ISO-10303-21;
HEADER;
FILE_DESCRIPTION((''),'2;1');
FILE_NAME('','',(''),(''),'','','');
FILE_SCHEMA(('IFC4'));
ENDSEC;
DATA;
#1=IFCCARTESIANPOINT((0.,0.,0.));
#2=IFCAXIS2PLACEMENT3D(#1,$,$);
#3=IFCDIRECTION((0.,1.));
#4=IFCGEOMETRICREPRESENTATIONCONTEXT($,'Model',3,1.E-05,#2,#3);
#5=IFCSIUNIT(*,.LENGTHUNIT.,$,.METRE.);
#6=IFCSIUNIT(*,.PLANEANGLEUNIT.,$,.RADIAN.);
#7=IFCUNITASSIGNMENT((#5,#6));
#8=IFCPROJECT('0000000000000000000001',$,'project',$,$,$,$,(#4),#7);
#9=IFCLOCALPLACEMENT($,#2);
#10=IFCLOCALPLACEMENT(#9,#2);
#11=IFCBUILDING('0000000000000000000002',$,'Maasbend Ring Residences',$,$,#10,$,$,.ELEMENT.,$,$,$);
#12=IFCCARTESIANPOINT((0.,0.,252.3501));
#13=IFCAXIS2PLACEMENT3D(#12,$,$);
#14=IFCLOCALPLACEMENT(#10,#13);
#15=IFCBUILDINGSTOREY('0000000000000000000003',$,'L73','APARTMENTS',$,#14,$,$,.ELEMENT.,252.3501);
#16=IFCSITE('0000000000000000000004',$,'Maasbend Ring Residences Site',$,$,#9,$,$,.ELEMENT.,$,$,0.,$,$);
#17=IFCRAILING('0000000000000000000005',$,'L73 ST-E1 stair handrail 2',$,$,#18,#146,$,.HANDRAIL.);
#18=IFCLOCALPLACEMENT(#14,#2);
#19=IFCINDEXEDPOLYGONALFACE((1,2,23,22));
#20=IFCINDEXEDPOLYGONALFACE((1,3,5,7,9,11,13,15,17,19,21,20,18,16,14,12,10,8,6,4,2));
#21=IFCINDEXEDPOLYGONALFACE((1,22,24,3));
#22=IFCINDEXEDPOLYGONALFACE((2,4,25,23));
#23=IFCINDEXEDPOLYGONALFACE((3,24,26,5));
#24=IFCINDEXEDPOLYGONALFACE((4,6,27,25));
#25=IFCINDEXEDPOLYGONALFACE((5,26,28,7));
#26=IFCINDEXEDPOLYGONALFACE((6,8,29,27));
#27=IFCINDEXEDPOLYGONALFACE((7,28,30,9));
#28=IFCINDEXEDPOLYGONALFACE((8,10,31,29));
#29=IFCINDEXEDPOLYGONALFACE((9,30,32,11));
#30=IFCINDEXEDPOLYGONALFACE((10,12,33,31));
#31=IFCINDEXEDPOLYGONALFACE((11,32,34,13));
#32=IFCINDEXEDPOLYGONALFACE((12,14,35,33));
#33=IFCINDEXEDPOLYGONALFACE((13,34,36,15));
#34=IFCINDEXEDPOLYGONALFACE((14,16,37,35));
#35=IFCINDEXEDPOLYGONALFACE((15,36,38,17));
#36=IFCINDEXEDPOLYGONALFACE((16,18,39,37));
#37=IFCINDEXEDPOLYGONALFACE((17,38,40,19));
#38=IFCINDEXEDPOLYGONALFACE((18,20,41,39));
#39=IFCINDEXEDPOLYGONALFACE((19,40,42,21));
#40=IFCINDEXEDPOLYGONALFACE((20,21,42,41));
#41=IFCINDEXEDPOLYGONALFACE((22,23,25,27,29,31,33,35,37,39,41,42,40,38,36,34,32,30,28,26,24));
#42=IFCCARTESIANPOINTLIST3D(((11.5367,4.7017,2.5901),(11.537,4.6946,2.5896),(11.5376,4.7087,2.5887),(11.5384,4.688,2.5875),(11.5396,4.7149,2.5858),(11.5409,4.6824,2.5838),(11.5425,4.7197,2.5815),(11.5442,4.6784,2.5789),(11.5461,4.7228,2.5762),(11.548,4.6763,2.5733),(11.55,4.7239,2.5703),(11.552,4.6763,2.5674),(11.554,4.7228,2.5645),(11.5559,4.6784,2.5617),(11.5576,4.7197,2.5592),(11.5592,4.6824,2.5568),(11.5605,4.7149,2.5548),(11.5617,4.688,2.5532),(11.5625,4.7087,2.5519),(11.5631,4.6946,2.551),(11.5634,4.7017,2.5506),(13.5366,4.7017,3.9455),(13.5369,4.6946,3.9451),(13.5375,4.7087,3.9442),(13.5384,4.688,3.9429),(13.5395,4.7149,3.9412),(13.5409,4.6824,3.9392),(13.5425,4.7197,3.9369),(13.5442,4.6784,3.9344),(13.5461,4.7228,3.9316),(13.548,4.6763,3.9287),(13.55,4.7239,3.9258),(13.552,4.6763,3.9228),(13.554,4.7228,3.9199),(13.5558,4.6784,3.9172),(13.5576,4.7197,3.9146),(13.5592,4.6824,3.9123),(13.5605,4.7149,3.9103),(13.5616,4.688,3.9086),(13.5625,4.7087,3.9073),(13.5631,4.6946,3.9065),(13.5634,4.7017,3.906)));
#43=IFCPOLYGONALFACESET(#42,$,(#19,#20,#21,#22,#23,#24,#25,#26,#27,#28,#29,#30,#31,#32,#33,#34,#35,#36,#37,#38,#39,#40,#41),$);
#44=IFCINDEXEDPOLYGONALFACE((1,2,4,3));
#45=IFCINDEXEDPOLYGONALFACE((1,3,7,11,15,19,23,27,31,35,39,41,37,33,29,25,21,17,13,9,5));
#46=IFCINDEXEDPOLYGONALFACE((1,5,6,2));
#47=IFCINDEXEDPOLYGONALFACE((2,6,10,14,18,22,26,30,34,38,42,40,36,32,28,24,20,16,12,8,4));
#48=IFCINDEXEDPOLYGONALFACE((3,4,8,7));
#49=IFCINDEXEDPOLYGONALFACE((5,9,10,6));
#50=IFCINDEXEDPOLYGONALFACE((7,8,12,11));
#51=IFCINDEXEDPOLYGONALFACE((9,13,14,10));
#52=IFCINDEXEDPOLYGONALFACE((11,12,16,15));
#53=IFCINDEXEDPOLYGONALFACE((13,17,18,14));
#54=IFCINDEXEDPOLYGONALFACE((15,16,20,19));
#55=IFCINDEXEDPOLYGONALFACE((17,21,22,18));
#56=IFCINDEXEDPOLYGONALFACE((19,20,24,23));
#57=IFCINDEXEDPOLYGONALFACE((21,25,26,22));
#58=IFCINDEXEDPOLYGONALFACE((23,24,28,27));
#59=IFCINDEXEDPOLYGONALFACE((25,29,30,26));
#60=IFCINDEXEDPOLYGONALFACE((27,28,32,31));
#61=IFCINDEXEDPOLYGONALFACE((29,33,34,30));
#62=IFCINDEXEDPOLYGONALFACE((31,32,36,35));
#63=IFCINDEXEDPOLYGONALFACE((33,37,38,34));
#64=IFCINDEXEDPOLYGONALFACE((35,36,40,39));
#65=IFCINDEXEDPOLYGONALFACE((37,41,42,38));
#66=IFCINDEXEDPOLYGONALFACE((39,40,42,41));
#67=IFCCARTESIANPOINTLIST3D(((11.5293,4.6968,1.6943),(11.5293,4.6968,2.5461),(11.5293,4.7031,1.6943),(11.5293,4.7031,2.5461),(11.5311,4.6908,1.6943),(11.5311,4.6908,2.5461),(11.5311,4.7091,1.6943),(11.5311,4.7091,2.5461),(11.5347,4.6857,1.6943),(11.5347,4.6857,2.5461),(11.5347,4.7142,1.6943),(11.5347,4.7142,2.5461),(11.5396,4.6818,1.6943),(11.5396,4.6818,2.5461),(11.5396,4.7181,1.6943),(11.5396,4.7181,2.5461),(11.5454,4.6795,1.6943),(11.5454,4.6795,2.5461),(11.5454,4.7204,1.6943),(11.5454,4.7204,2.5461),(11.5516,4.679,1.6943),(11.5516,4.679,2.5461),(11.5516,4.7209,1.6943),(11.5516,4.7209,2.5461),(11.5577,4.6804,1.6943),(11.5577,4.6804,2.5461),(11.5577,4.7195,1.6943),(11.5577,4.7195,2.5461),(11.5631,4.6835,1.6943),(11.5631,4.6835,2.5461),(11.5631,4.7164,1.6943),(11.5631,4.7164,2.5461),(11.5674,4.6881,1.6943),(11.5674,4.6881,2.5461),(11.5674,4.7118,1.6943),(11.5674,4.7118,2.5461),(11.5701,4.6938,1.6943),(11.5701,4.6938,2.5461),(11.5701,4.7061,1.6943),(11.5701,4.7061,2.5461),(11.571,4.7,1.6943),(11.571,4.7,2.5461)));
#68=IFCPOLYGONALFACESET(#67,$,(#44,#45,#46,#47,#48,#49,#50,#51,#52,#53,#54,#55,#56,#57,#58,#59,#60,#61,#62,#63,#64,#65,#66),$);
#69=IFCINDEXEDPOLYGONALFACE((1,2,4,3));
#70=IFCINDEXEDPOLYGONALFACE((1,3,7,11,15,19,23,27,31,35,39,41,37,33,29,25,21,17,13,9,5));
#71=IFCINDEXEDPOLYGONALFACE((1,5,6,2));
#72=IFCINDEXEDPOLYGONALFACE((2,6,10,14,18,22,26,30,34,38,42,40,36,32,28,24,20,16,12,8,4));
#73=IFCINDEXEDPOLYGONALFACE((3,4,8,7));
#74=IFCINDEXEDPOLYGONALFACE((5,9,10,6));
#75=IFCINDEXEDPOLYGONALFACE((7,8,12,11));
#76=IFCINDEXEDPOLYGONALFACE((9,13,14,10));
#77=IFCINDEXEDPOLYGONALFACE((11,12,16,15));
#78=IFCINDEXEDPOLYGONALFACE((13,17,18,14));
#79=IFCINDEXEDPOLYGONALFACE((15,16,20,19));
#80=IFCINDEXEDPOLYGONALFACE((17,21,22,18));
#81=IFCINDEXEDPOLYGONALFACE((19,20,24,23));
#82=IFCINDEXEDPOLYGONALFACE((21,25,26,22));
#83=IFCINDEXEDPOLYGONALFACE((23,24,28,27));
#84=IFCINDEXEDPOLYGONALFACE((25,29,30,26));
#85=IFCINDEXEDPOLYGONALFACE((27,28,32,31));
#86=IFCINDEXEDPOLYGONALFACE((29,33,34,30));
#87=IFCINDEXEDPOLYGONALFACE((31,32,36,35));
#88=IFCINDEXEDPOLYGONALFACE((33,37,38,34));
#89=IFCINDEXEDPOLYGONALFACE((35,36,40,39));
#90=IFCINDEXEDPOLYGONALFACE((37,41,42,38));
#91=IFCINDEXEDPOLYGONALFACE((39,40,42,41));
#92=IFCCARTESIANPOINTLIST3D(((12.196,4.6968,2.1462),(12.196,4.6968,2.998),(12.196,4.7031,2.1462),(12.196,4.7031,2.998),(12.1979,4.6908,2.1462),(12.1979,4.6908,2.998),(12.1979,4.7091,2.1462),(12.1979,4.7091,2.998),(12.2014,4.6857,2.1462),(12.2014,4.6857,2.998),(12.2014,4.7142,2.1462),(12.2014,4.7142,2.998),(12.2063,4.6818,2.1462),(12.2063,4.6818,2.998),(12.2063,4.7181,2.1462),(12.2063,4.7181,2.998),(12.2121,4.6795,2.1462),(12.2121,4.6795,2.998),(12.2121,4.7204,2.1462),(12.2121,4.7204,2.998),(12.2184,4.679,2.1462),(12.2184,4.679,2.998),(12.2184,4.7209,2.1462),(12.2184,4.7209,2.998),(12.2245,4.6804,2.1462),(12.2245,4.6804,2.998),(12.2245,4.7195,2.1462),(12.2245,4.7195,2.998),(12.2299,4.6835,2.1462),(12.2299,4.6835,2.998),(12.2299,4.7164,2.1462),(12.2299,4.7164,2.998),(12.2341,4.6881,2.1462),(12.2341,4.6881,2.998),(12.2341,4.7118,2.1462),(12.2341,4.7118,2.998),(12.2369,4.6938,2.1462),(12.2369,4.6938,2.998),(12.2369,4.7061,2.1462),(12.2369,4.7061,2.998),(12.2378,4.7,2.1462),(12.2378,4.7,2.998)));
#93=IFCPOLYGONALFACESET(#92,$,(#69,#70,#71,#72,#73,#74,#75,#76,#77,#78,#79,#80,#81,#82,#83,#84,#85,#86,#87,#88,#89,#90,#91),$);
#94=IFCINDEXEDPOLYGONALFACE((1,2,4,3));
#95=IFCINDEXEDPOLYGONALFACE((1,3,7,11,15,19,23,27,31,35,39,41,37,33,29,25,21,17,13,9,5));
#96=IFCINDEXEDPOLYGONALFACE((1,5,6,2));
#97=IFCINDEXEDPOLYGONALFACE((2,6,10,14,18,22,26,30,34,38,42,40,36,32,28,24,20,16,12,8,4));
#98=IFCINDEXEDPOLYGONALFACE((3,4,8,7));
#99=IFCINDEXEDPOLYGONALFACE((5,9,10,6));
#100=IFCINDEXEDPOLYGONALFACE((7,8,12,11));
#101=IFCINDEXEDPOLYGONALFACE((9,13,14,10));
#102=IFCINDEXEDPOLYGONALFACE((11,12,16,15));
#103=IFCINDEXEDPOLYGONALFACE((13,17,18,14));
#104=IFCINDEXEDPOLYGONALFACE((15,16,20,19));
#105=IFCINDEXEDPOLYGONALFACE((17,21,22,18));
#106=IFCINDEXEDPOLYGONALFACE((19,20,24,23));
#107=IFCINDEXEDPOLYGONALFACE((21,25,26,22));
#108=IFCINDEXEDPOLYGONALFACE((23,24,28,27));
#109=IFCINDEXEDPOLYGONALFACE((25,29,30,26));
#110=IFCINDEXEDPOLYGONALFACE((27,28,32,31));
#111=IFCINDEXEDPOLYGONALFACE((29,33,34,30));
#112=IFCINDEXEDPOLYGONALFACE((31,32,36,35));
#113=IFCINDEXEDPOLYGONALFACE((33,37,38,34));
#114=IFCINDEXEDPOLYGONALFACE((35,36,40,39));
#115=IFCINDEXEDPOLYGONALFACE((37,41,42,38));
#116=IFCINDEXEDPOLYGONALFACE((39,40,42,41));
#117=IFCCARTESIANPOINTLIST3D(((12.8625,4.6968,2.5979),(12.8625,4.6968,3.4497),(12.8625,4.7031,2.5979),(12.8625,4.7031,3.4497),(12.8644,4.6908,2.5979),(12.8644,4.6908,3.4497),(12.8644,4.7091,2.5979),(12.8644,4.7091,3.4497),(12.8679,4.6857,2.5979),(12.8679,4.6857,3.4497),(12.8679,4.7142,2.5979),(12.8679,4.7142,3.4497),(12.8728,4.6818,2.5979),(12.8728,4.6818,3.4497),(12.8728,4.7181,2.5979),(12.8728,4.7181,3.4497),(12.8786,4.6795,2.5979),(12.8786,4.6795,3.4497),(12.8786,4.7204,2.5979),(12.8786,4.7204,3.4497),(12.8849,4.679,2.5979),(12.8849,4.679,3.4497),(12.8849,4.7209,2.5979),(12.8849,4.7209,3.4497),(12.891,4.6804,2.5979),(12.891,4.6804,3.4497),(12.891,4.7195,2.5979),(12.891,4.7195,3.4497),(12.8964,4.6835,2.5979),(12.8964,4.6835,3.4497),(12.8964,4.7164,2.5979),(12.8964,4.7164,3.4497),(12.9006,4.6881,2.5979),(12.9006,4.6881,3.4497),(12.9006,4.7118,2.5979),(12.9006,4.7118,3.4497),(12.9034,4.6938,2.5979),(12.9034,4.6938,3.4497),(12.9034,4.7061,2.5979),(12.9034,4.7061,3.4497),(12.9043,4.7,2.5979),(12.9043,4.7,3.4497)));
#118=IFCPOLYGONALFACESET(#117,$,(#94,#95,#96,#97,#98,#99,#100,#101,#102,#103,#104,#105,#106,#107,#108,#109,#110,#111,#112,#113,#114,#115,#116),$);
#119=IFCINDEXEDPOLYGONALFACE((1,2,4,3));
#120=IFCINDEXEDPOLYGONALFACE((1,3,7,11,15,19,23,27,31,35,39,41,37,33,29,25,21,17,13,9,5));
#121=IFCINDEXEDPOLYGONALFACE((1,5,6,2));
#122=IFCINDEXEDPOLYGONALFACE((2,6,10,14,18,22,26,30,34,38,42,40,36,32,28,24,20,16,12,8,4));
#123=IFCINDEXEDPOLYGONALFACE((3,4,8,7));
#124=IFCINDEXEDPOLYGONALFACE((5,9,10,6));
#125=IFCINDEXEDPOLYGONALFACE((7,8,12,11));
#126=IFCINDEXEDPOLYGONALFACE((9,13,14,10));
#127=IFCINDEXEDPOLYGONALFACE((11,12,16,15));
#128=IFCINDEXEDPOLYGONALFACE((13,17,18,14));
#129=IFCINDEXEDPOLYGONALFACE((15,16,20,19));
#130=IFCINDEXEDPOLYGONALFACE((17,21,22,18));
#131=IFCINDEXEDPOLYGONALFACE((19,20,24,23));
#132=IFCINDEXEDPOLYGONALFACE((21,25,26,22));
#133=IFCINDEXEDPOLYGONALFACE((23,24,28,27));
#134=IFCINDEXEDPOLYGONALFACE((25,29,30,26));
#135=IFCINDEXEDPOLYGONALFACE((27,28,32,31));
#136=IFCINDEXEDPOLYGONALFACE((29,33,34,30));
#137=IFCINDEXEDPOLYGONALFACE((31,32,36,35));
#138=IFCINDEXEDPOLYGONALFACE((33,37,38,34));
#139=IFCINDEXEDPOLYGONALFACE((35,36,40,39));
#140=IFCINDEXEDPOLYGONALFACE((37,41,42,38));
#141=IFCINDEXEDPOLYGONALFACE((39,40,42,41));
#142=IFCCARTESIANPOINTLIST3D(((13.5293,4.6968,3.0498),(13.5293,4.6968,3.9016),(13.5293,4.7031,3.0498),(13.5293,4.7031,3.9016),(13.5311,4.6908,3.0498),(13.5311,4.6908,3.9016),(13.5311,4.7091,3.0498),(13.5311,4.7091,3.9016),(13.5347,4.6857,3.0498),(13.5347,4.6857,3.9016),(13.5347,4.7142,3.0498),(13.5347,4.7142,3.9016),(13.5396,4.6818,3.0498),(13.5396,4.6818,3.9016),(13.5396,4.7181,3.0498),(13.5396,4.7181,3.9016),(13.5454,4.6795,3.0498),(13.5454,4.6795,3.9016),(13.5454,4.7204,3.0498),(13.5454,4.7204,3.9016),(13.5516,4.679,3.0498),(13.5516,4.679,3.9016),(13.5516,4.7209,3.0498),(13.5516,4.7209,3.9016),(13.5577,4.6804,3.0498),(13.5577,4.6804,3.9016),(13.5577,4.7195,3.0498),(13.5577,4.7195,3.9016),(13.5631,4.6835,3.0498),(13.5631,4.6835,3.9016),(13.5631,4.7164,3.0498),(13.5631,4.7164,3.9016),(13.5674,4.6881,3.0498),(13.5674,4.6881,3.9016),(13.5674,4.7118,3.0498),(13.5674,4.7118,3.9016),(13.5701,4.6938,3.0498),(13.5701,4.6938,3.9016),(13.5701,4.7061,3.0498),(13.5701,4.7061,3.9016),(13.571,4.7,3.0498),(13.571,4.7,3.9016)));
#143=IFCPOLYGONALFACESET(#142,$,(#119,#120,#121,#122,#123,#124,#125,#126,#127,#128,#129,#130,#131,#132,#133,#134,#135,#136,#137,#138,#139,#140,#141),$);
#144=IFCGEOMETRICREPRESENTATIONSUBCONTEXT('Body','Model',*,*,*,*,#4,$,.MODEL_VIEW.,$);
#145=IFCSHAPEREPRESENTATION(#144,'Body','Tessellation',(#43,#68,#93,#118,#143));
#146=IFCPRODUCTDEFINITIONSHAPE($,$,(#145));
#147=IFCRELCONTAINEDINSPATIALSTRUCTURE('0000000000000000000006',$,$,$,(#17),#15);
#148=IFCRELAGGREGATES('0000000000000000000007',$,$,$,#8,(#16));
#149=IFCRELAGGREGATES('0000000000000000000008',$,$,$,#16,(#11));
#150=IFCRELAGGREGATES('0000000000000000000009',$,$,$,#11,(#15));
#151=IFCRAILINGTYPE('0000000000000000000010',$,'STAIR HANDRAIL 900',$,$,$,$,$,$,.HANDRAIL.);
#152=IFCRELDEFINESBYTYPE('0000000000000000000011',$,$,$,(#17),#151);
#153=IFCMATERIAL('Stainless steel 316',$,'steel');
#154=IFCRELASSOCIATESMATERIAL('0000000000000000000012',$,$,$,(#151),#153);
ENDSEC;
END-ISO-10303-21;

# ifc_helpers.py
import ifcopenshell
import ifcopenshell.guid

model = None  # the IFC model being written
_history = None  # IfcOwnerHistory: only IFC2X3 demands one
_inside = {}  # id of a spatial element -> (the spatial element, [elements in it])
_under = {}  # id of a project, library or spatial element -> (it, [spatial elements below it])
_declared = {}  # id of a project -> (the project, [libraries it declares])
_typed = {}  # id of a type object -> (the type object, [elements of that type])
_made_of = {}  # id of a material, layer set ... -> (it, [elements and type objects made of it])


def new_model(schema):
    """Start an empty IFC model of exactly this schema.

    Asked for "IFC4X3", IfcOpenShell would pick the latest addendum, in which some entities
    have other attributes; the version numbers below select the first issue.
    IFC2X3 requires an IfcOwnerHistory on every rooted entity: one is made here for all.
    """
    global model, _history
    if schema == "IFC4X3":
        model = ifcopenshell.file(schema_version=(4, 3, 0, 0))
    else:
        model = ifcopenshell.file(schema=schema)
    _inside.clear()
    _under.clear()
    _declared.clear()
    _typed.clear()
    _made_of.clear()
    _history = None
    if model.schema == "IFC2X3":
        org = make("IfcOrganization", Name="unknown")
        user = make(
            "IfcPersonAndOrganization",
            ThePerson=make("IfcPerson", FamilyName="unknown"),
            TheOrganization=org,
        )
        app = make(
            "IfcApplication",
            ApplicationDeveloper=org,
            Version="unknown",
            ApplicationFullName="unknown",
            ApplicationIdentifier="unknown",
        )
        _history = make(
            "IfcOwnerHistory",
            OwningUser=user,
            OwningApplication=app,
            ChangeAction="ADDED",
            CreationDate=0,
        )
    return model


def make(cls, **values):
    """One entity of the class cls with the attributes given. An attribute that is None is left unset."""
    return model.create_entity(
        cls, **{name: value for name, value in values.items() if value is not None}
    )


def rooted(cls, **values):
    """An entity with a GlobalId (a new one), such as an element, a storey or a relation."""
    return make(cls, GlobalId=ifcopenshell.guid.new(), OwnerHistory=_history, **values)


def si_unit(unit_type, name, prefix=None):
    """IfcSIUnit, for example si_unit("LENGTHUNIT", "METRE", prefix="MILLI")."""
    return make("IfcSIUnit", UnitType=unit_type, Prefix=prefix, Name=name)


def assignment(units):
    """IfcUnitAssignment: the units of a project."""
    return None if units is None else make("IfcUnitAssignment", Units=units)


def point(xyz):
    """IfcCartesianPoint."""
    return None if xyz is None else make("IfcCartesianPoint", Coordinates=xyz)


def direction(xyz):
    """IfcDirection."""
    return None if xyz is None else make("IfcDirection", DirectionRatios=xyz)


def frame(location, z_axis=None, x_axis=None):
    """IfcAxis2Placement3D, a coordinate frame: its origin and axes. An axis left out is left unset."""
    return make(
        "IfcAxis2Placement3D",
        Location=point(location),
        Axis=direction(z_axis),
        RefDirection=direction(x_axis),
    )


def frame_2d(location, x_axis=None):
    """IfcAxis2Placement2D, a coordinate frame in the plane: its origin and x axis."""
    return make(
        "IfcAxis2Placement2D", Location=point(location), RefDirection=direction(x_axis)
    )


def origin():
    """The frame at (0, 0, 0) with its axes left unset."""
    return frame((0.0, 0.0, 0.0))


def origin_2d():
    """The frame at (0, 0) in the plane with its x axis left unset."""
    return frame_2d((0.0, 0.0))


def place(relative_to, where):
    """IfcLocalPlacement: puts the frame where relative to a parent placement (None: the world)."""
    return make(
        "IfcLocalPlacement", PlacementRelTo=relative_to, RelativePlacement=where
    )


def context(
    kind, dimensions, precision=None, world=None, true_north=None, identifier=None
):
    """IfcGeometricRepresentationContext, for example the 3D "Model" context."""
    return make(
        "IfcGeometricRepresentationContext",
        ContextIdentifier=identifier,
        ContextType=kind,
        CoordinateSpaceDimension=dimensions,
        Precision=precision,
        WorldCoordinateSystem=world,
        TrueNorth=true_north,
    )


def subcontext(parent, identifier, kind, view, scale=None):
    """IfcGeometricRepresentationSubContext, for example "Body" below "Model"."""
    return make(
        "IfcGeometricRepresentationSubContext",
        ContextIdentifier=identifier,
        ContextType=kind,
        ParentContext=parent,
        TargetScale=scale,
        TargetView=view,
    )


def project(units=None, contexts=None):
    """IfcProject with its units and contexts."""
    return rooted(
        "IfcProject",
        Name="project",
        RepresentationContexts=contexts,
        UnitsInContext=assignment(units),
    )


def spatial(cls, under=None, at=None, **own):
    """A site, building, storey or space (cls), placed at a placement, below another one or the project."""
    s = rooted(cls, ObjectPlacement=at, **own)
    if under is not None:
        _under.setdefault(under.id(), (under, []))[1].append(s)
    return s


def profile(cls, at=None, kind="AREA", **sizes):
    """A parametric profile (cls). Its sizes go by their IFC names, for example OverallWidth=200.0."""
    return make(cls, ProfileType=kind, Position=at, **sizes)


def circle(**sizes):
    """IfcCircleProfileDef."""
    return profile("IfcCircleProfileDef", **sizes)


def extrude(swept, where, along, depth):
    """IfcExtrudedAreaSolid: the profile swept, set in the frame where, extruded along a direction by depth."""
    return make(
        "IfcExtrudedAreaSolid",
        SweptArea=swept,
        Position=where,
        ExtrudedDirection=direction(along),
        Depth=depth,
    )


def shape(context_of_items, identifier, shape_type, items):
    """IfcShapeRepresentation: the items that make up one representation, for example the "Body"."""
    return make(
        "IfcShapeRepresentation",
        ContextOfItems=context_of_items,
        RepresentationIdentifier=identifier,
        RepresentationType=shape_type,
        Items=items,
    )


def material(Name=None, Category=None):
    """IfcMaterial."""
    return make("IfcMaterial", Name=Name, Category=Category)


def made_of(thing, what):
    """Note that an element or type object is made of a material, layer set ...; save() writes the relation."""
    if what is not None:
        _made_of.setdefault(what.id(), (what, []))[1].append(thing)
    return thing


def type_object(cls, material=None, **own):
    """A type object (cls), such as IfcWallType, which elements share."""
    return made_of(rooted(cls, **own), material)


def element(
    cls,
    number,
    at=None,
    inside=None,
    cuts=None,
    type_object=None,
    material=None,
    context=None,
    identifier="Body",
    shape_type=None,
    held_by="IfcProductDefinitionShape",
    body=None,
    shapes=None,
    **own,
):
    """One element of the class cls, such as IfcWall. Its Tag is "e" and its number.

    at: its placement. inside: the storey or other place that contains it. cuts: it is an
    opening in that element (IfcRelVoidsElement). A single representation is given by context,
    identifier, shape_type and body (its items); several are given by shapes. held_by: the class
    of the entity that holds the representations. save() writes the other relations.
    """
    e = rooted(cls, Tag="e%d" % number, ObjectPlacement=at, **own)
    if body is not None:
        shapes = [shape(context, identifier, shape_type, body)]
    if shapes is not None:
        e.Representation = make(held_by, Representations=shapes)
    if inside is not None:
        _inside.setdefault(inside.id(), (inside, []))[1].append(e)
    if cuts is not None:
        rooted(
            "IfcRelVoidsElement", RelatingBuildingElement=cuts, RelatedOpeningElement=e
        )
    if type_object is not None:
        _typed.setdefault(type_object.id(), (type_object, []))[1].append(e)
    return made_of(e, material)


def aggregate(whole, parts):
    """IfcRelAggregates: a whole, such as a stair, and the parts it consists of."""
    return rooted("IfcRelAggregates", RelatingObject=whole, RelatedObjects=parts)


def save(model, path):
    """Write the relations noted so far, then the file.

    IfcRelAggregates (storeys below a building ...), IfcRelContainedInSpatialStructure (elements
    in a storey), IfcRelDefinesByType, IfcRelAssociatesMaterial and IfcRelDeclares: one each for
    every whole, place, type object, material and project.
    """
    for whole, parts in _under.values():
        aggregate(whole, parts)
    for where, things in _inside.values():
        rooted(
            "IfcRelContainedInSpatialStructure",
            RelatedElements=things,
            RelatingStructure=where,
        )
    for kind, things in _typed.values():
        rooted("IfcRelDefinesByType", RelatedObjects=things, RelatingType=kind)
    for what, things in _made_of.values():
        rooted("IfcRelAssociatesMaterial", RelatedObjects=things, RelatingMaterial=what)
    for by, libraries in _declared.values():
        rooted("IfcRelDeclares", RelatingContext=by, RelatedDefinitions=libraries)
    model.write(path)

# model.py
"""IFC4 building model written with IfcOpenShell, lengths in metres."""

from ifc_helpers import new_model, si_unit, direction, frame, origin, origin_2d, place, context, subcontext, project, spatial, circle, extrude, material, type_object, element, save


model = new_model("IFC4")

# Units and contexts
model_context = context("Model", 3, precision=1e-05, world=origin(), true_north=direction((0.0, 1.0)))
body_context = subcontext(model_context, "Body", "Model", "MODEL_VIEW")
ifc_project = project(units=[si_unit("LENGTHUNIT", "METRE"), si_unit("PLANEANGLEUNIT", "RADIAN")], contexts=[model_context])

# Site, building, storey
site_placement = place(None, origin())
site = spatial("IfcSite", under=ifc_project, at=site_placement, Name="Maasbend Ring Residences Site", CompositionType="ELEMENT", RefElevation=0.0)
building_placement = place(site_placement, origin())
building = spatial("IfcBuilding", under=site, at=building_placement, Name="Maasbend Ring Residences", CompositionType="ELEMENT")
storey_placement = place(building_placement, frame((0.0, 0.0, 252.3501)))
storey = spatial("IfcBuildingStorey", under=building, at=storey_placement, Name="L73", Description="APARTMENTS", CompositionType="ELEMENT", Elevation=252.3501)

# Railing
ifc_material_1 = material(Name="Stainless steel 316", Category="steel")
railing_type_1 = type_object("IfcRailingType", Name="STAIR HANDRAIL 900", PredefinedType="HANDRAIL", material=ifc_material_1)
railing_1_placement = place(storey_placement, frame((11.55, 4.7, 1.6943)))
element("IfcRailing", 1, at=railing_1_placement, inside=storey, type_object=railing_type_1, Name="L73 ST-E1 stair handrail 2", PredefinedType="HANDRAIL", context=body_context, shape_type="SweptSolid", body=[
    extrude(circle(Radius=0.0239, at=origin_2d()), frame((0.0, 0.0, 0.876), z_axis=(0.827798, 0.0, 0.561027), x_axis=(0.0, 1.0, 0.0)), (0.0, 0.0, 1.0), 2.416),
    extrude(circle(Radius=0.021, at=origin_2d()), origin(), (0.0, 0.0, 1.0), 0.8518),
    extrude(circle(Radius=0.021, at=origin_2d()), frame((0.6667, 0.0, 0.4519)), (0.0, 0.0, 1.0), 0.8518),
    extrude(circle(Radius=0.021, at=origin_2d()), frame((1.3333, 0.0, 0.9036)), (0.0, 0.0, 1.0), 0.8518),
    extrude(circle(Radius=0.021, at=origin_2d()), frame((2.0, 0.0, 1.3555)), (0.0, 0.0, 1.0), 0.8518),
])

save(model, "model.ifc")
